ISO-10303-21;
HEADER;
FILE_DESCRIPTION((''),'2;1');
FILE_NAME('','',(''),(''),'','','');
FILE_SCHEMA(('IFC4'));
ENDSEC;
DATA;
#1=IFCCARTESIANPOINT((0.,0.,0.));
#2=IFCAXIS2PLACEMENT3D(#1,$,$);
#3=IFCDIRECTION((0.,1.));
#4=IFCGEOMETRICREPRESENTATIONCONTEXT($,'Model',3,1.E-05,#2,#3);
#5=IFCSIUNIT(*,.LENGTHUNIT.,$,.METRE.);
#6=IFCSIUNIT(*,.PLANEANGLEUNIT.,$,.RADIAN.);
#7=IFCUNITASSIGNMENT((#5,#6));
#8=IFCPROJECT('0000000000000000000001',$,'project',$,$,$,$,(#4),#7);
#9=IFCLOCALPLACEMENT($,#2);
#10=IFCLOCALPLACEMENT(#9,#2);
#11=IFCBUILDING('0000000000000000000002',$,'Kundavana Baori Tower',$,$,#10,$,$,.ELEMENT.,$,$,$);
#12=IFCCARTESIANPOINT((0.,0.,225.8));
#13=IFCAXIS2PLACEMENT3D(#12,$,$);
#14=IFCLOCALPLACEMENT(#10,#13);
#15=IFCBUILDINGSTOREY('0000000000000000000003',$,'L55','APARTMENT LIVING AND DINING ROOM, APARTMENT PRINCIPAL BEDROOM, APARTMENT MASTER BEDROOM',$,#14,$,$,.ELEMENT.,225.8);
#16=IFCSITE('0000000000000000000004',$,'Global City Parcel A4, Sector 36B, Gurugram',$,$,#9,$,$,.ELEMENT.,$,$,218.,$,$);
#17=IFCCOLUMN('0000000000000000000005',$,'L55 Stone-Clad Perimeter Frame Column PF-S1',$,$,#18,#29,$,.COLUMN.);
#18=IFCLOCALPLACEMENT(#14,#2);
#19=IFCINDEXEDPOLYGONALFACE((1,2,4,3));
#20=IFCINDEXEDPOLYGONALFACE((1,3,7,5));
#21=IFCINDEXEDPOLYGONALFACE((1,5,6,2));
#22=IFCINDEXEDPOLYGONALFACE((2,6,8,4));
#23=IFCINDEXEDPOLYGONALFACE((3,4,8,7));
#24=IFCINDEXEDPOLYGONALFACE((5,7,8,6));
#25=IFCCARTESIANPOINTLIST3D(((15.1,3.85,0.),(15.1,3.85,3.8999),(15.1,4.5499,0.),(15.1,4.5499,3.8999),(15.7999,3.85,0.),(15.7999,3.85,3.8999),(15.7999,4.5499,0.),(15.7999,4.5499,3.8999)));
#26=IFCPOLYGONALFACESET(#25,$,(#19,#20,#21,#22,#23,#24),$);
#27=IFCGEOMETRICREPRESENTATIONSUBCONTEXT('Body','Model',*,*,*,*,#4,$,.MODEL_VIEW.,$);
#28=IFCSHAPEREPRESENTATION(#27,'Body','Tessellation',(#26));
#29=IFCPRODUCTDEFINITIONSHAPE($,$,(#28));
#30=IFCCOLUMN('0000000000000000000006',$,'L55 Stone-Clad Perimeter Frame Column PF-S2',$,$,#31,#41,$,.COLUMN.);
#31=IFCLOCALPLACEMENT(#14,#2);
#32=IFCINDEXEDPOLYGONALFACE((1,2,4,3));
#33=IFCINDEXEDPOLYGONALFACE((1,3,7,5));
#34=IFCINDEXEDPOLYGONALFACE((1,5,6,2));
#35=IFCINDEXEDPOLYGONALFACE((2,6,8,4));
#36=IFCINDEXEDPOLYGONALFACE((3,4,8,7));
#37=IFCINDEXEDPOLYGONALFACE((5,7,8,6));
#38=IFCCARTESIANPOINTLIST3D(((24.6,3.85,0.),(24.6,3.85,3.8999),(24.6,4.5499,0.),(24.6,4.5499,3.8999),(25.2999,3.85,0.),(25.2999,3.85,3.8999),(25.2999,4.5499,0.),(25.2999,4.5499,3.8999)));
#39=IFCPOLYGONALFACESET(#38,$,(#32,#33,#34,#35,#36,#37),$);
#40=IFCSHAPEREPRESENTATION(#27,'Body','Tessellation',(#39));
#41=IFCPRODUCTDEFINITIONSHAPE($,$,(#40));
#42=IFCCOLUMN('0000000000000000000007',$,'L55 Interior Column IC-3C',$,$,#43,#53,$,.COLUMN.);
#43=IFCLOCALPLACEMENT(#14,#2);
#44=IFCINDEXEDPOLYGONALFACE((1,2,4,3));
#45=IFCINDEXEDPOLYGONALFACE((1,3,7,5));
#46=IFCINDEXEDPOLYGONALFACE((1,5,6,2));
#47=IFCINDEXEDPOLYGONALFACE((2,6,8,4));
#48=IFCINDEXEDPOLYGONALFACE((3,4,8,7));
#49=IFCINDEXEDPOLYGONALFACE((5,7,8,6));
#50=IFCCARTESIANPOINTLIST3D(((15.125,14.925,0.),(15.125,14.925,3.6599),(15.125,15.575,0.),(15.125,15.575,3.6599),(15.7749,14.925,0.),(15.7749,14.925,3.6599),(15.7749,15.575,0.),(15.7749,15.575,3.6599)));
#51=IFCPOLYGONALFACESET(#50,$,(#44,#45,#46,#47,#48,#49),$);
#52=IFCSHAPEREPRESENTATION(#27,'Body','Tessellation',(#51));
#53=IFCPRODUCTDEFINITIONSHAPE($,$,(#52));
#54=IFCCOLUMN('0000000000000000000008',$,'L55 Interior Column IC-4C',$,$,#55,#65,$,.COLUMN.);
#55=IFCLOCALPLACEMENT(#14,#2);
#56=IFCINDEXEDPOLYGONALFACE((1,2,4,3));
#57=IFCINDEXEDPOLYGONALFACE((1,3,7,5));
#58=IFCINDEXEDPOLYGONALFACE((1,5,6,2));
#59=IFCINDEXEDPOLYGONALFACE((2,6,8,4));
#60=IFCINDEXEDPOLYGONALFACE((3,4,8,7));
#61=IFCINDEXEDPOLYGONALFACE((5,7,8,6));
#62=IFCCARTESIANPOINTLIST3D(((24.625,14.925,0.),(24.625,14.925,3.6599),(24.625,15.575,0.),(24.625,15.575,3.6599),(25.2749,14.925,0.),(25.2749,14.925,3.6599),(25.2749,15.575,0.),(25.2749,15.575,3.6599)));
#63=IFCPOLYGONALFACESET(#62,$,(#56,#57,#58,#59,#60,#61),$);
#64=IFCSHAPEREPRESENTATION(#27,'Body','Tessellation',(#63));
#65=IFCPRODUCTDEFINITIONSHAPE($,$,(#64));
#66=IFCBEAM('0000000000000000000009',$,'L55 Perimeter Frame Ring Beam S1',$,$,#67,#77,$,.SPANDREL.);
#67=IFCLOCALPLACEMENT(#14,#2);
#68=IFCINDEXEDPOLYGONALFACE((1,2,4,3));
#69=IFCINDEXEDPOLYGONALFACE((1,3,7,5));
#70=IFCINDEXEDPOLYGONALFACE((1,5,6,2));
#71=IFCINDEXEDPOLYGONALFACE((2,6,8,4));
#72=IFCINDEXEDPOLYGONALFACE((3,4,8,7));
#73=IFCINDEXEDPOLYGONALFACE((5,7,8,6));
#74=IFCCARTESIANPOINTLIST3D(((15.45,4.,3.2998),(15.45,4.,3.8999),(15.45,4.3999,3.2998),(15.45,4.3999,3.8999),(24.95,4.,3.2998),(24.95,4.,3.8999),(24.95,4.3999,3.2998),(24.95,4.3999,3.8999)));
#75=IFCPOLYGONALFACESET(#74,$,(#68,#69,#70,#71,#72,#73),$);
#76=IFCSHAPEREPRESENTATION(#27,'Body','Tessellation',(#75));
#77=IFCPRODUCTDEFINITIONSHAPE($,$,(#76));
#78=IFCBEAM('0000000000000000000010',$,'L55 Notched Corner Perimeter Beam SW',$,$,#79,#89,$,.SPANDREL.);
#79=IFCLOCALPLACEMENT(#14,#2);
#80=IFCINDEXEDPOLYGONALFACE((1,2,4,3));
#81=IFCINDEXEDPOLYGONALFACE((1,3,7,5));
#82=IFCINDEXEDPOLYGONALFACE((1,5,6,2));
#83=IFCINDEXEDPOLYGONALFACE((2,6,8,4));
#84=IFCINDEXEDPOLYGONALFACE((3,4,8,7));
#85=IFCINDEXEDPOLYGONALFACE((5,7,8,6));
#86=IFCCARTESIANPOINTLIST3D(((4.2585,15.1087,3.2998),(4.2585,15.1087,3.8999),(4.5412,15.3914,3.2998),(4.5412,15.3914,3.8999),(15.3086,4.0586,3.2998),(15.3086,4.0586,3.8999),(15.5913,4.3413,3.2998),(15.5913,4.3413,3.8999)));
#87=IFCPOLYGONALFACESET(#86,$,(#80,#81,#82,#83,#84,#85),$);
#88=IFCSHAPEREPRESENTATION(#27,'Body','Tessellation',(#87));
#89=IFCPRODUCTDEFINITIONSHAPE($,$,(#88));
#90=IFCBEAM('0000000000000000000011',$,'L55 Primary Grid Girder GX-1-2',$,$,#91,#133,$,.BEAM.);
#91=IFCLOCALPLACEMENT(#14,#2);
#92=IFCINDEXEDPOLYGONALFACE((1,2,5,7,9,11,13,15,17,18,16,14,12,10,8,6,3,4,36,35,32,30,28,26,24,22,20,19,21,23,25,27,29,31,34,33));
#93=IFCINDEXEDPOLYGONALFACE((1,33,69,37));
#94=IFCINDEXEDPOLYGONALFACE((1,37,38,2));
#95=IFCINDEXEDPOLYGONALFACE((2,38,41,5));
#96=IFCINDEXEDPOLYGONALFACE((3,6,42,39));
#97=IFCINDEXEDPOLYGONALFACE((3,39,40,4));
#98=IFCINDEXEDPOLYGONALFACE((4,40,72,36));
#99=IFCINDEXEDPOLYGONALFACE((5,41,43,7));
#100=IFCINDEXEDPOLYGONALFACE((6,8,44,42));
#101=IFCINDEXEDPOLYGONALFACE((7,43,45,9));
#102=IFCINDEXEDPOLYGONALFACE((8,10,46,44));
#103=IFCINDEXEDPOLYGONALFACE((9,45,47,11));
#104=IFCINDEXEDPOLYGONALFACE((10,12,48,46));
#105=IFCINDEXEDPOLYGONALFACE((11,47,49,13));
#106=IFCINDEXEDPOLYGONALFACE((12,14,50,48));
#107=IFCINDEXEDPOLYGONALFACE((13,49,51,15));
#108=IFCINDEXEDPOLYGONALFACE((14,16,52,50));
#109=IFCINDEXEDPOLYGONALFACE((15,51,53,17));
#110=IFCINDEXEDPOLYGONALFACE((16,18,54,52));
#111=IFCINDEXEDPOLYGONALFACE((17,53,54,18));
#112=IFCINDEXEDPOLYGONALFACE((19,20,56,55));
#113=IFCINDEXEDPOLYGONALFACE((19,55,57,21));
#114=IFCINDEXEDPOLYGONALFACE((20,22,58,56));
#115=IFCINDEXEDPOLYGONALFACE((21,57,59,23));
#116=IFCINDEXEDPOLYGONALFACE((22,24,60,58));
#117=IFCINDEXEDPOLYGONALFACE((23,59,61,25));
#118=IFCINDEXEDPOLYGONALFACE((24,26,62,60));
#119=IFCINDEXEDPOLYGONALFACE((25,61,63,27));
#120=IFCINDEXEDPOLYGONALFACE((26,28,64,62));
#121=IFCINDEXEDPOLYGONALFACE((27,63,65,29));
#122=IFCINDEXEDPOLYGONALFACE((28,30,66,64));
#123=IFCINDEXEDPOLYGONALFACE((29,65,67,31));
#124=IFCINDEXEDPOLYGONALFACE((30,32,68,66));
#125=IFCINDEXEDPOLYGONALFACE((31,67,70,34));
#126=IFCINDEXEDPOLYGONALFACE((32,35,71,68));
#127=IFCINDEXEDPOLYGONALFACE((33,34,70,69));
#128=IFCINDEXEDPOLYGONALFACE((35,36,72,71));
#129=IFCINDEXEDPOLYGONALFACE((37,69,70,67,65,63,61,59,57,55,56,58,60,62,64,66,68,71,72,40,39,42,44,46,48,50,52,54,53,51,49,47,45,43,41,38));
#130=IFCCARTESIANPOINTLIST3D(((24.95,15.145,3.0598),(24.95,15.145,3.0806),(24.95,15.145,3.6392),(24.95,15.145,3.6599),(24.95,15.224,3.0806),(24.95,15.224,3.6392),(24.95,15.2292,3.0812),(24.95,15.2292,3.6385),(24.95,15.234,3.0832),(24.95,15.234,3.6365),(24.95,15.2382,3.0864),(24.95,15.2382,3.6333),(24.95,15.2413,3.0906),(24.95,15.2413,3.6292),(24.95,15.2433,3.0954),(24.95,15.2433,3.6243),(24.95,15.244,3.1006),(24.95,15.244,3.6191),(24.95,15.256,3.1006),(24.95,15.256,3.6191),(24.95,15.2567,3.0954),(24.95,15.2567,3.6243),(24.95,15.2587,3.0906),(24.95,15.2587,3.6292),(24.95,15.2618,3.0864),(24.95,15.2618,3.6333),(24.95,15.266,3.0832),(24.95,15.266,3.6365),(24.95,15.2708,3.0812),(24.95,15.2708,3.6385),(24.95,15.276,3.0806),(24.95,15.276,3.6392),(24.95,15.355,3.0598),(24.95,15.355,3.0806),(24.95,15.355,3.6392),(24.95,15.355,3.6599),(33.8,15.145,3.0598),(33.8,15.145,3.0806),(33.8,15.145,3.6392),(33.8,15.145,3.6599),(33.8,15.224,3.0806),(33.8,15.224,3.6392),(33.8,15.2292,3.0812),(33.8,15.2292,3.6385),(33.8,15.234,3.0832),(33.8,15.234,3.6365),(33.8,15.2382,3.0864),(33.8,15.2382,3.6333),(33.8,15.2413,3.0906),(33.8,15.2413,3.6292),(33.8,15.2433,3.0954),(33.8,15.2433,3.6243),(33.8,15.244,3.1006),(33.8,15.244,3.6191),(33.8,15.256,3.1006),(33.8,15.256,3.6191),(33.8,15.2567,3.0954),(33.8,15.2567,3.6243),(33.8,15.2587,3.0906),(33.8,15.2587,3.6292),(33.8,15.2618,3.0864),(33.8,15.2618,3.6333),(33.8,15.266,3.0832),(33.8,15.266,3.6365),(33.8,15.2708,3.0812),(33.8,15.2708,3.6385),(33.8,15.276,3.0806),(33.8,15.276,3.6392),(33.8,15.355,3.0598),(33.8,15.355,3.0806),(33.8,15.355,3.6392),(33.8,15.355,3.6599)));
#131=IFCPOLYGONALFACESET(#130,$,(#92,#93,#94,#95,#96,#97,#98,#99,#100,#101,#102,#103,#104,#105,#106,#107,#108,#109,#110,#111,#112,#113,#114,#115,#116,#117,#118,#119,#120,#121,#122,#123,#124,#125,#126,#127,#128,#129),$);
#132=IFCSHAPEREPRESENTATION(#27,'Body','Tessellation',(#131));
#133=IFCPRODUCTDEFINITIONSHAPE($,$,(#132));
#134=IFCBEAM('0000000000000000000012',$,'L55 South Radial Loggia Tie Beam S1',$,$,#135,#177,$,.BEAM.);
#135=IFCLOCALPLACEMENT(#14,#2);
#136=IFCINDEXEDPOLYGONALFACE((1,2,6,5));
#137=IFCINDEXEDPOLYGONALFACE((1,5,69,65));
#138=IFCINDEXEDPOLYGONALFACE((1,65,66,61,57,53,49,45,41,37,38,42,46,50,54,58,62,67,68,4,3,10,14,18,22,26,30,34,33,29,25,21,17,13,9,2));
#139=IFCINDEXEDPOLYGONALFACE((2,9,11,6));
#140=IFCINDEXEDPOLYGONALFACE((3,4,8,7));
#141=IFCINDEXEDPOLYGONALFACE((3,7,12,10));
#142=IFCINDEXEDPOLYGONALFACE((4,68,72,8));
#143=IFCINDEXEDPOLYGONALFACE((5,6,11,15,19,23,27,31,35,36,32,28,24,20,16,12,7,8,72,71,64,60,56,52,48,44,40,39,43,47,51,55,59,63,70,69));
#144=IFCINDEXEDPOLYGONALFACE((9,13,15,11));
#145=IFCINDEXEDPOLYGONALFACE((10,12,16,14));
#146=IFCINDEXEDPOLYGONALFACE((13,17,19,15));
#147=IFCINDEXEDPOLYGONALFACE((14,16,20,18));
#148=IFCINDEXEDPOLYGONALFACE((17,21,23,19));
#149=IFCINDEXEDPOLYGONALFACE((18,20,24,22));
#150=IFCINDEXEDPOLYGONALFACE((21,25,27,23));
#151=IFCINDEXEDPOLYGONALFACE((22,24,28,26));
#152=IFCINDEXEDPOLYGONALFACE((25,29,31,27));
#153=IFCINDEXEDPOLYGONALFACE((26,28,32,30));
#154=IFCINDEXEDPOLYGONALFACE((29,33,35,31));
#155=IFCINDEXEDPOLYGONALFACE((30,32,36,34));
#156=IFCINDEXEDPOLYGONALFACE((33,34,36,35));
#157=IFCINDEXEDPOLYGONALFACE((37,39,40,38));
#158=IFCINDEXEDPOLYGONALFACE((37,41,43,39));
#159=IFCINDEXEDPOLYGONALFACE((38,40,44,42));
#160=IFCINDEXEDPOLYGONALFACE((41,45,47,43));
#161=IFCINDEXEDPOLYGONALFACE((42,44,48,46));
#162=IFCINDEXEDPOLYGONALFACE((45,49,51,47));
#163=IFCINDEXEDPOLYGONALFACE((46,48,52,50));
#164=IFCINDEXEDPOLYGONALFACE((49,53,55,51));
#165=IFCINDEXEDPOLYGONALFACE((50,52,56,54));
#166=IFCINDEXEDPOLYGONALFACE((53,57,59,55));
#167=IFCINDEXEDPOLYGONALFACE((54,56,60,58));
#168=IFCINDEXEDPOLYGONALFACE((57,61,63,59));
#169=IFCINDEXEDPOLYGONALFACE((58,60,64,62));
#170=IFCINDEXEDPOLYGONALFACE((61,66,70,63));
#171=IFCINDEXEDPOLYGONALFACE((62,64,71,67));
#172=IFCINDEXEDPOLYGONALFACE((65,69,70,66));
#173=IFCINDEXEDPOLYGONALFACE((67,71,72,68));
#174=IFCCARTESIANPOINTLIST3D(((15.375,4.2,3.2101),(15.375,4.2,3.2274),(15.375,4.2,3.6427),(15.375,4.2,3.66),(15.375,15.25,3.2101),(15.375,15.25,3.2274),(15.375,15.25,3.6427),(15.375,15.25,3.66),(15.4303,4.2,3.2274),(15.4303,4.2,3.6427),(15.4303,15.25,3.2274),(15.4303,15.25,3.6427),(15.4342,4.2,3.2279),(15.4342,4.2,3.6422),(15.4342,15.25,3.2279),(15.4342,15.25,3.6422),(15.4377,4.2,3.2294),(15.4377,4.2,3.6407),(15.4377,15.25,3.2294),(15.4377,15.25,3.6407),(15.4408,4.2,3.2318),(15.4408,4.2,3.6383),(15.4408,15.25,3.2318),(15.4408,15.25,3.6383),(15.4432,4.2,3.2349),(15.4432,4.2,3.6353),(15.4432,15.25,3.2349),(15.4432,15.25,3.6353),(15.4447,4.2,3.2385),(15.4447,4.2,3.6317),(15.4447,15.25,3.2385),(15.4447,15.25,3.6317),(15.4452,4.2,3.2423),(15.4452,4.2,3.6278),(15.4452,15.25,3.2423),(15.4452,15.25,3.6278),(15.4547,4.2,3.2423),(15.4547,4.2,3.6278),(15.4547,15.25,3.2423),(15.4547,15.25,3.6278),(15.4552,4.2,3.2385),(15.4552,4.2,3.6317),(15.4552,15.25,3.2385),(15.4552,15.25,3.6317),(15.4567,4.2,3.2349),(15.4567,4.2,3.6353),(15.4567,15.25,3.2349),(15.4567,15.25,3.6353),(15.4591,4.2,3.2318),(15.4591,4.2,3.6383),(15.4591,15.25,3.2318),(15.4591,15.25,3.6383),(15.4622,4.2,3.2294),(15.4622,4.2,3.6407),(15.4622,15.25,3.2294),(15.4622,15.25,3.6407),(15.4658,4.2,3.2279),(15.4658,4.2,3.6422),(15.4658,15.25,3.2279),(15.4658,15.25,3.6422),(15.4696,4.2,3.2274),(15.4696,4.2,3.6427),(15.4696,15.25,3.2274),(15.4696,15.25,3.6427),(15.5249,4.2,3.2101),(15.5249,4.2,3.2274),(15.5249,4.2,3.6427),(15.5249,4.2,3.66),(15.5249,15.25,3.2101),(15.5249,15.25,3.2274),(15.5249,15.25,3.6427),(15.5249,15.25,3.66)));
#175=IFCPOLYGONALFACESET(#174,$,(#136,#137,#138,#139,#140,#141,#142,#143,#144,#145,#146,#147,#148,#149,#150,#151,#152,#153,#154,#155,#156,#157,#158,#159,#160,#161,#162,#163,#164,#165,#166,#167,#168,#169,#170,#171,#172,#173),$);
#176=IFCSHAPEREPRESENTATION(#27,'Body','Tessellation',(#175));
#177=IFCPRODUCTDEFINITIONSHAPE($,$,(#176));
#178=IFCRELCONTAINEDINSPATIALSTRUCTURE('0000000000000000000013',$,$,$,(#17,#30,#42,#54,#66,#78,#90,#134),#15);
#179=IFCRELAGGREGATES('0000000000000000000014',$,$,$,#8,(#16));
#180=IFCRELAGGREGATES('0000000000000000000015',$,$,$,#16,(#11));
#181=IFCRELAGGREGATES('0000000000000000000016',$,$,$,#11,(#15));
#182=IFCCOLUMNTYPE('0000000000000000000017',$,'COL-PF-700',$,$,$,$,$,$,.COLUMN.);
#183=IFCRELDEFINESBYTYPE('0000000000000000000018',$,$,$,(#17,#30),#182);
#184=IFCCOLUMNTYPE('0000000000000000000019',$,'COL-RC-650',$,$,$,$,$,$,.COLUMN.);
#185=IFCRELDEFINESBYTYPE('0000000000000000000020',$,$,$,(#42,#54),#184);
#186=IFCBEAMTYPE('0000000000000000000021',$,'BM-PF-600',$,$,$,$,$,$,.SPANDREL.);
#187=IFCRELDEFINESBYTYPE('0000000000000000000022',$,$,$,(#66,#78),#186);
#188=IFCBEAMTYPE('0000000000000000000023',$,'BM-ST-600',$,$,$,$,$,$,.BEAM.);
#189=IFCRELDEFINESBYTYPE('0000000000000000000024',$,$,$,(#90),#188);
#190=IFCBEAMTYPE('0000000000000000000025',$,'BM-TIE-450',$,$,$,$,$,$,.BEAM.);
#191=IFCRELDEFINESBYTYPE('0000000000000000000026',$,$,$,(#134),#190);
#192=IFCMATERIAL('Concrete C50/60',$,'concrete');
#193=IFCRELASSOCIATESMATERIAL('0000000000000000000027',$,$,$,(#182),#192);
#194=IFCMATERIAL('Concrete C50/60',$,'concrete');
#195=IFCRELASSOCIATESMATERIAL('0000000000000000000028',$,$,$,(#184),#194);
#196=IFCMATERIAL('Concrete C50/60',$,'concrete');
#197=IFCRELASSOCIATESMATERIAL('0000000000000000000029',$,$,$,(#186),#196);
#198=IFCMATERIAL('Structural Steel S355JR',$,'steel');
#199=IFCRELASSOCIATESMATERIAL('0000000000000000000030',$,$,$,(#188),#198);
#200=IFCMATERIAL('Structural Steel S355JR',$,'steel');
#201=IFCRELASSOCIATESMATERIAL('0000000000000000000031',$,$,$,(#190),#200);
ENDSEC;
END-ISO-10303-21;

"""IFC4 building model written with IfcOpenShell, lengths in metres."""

from ifc_helpers import new_model, si_unit, direction, frame, origin, origin_2d, place, context, subcontext, project, spatial, rectangle, i_section, extrude, material, material_profile, profile_set, type_object, element, save


model = new_model("IFC4")

# Units and contexts
model_context = context("Model", 3, precision=1e-05, world=origin(), true_north=direction((0.0, 1.0)))
body_context = subcontext(model_context, "Body", "Model", "MODEL_VIEW")
ifc_project = project(units=[si_unit("LENGTHUNIT", "METRE"), si_unit("PLANEANGLEUNIT", "RADIAN")], contexts=[model_context])

# Site, building, storey
site_placement = place(None, origin())
site = spatial("IfcSite", under=ifc_project, at=site_placement, Name="Global City Parcel A4, Sector 36B, Gurugram", CompositionType="ELEMENT", RefElevation=218.0)
building_placement = place(site_placement, origin())
building = spatial("IfcBuilding", under=site, at=building_placement, Name="Kundavana Baori Tower", CompositionType="ELEMENT")
storey_placement = place(building_placement, frame((0.0, 0.0, 225.8)))
storey = spatial("IfcBuildingStorey", under=building, at=storey_placement, Name="L55", Description="APARTMENT LIVING AND DINING ROOM, APARTMENT PRINCIPAL BEDROOM, APARTMENT MASTER BEDROOM", CompositionType="ELEMENT", Elevation=225.8)

# Columns
ifc_material_1 = material(Name="Concrete C50/60", Category="concrete")
ifc_material_profile_1 = material_profile(ifc_material_1, rectangle(XDim=0.7, YDim=0.7, at=origin_2d()), Name="RC PF 700x700")
ifc_profile_set_1 = profile_set([ifc_material_profile_1], Name="Concrete C50/60")
column_type_1 = type_object("IfcColumnType", Name="COL-PF-700", PredefinedType="COLUMN", material=ifc_profile_set_1)
for number, where, z_axis, x_axis, name in (
    (1, (15.45, 4.2, 0.0), (0.0, 0.0, 1.0), (1.0, 0.0, 0.0), "L55 Stone-Clad Perimeter Frame Column PF-S1"),
    (2, (24.95, 4.2, 0.0), (0.0, 0.0, 1.0), (1.0, 0.0, 0.0), "L55 Stone-Clad Perimeter Frame Column PF-S2"),
):
    element("IfcColumn", number, at=place(storey_placement, frame(where, z_axis=z_axis, x_axis=x_axis)), inside=storey, type_object=column_type_1, Name=name, PredefinedType="COLUMN", context=body_context, shape_type="SweptSolid", body=[
        extrude(rectangle(XDim=0.7, YDim=0.7, at=origin_2d()), origin(), (0.0, 0.0, 1.0), 3.8999),
    ])
ifc_material_2 = material(Name="Concrete C50/60", Category="concrete")
ifc_material_profile_2 = material_profile(ifc_material_2, rectangle(XDim=0.6499, YDim=0.6499, at=origin_2d()), Name="RC 650x650")
ifc_profile_set_2 = profile_set([ifc_material_profile_2], Name="Concrete C50/60")
column_type_2 = type_object("IfcColumnType", Name="COL-RC-650", PredefinedType="COLUMN", material=ifc_profile_set_2)
for number, where, z_axis, x_axis, name in (
    (3, (15.45, 15.25, 0.0), (0.0, 0.0, 1.0), (1.0, 0.0, 0.0), "L55 Interior Column IC-3C"),
    (4, (24.95, 15.25, 0.0), (0.0, 0.0, 1.0), (1.0, 0.0, 0.0), "L55 Interior Column IC-4C"),
):
    element("IfcColumn", number, at=place(storey_placement, frame(where, z_axis=z_axis, x_axis=x_axis)), inside=storey, type_object=column_type_2, Name=name, PredefinedType="COLUMN", context=body_context, shape_type="SweptSolid", body=[
        extrude(rectangle(XDim=0.6499, YDim=0.6499, at=origin_2d()), origin(), (0.0, 0.0, 1.0), 3.6599),
    ])

# Beams
ifc_material_3 = material(Name="Concrete C50/60", Category="concrete")
ifc_material_profile_3 = material_profile(ifc_material_3, rectangle(XDim=0.3999, YDim=0.6001, at=origin_2d()), Name="RC BM 400x600")
ifc_profile_set_3 = profile_set([ifc_material_profile_3], Name="Concrete C50/60")
beam_type_1 = type_object("IfcBeamType", Name="BM-PF-600", PredefinedType="SPANDREL", material=ifc_profile_set_3)
beam_1_placement = place(storey_placement, frame((15.45, 4.2, 3.5999), z_axis=(1.0, 0.0, 0.0), x_axis=(0.0, 1.0, 0.0)))
element("IfcBeam", 5, at=beam_1_placement, inside=storey, type_object=beam_type_1, Name="L55 Perimeter Frame Ring Beam S1", PredefinedType="SPANDREL", context=body_context, shape_type="SweptSolid", body=[
    extrude(rectangle(XDim=0.3999, YDim=0.6001, at=origin_2d()), origin(), (0.0, 0.0, 1.0), 9.5),
])
beam_2_placement = place(storey_placement, frame((15.45, 4.2, 3.5999), z_axis=(-0.707107, 0.707107, 0.0), x_axis=(-0.707107, -0.707107, 0.0)))
element("IfcBeam", 6, at=beam_2_placement, inside=storey, type_object=beam_type_1, Name="L55 Notched Corner Perimeter Beam SW", PredefinedType="SPANDREL", context=body_context, shape_type="SweptSolid", body=[
    extrude(rectangle(XDim=0.3999, YDim=0.6001, at=origin_2d()), origin(), (0.0, 0.0, 1.0), 15.6272),
])
ifc_material_4 = material(Name="Structural Steel S355JR", Category="steel")
ifc_material_profile_4 = material_profile(ifc_material_4, i_section(OverallWidth=0.21, OverallDepth=0.6001, WebThickness=0.012, FlangeThickness=0.0208, FilletRadius=0.02, at=origin_2d()), Name="ISMB 600")
ifc_profile_set_4 = profile_set([ifc_material_profile_4], Name="Structural Steel S355JR")
beam_type_2 = type_object("IfcBeamType", Name="BM-ST-600", PredefinedType="BEAM", material=ifc_profile_set_4)
beam_3_placement = place(storey_placement, frame((24.95, 15.25, 3.3599), z_axis=(1.0, 0.0, 0.0), x_axis=(0.0, 1.0, 0.0)))
element("IfcBeam", 7, at=beam_3_placement, inside=storey, type_object=beam_type_2, Name="L55 Primary Grid Girder GX-1-2", PredefinedType="BEAM", context=body_context, shape_type="SweptSolid", body=[
    extrude(i_section(OverallWidth=0.21, OverallDepth=0.6001, WebThickness=0.012, FlangeThickness=0.0208, FilletRadius=0.02, at=origin_2d()), origin(), (0.0, 0.0, 1.0), 8.8501),
])
ifc_material_5 = material(Name="Structural Steel S355JR", Category="steel")
ifc_material_profile_5 = material_profile(ifc_material_5, i_section(OverallWidth=0.1499, OverallDepth=0.45, WebThickness=0.0095, FlangeThickness=0.0173, FilletRadius=0.0149, at=origin_2d()), Name="ISMB 450")
ifc_profile_set_5 = profile_set([ifc_material_profile_5], Name="Structural Steel S355JR")
beam_type_3 = type_object("IfcBeamType", Name="BM-TIE-450", PredefinedType="BEAM", material=ifc_profile_set_5)
for number, where, z_axis, x_axis, name in (
    (8, (15.45, 15.25, 3.4351), (0.0, -1.0, 0.0), (1.0, 0.0, 0.0), "L55 South Radial Loggia Tie Beam S1"),
):
    element("IfcBeam", number, at=place(storey_placement, frame(where, z_axis=z_axis, x_axis=x_axis)), inside=storey, type_object=beam_type_3, Name=name, PredefinedType="BEAM", context=body_context, shape_type="SweptSolid", body=[
        extrude(i_section(OverallWidth=0.1499, OverallDepth=0.45, WebThickness=0.0095, FlangeThickness=0.0173, FilletRadius=0.0149, at=origin_2d()), origin(), (0.0, 0.0, 1.0), 11.05),
    ])

save(model, "model.ifc")
